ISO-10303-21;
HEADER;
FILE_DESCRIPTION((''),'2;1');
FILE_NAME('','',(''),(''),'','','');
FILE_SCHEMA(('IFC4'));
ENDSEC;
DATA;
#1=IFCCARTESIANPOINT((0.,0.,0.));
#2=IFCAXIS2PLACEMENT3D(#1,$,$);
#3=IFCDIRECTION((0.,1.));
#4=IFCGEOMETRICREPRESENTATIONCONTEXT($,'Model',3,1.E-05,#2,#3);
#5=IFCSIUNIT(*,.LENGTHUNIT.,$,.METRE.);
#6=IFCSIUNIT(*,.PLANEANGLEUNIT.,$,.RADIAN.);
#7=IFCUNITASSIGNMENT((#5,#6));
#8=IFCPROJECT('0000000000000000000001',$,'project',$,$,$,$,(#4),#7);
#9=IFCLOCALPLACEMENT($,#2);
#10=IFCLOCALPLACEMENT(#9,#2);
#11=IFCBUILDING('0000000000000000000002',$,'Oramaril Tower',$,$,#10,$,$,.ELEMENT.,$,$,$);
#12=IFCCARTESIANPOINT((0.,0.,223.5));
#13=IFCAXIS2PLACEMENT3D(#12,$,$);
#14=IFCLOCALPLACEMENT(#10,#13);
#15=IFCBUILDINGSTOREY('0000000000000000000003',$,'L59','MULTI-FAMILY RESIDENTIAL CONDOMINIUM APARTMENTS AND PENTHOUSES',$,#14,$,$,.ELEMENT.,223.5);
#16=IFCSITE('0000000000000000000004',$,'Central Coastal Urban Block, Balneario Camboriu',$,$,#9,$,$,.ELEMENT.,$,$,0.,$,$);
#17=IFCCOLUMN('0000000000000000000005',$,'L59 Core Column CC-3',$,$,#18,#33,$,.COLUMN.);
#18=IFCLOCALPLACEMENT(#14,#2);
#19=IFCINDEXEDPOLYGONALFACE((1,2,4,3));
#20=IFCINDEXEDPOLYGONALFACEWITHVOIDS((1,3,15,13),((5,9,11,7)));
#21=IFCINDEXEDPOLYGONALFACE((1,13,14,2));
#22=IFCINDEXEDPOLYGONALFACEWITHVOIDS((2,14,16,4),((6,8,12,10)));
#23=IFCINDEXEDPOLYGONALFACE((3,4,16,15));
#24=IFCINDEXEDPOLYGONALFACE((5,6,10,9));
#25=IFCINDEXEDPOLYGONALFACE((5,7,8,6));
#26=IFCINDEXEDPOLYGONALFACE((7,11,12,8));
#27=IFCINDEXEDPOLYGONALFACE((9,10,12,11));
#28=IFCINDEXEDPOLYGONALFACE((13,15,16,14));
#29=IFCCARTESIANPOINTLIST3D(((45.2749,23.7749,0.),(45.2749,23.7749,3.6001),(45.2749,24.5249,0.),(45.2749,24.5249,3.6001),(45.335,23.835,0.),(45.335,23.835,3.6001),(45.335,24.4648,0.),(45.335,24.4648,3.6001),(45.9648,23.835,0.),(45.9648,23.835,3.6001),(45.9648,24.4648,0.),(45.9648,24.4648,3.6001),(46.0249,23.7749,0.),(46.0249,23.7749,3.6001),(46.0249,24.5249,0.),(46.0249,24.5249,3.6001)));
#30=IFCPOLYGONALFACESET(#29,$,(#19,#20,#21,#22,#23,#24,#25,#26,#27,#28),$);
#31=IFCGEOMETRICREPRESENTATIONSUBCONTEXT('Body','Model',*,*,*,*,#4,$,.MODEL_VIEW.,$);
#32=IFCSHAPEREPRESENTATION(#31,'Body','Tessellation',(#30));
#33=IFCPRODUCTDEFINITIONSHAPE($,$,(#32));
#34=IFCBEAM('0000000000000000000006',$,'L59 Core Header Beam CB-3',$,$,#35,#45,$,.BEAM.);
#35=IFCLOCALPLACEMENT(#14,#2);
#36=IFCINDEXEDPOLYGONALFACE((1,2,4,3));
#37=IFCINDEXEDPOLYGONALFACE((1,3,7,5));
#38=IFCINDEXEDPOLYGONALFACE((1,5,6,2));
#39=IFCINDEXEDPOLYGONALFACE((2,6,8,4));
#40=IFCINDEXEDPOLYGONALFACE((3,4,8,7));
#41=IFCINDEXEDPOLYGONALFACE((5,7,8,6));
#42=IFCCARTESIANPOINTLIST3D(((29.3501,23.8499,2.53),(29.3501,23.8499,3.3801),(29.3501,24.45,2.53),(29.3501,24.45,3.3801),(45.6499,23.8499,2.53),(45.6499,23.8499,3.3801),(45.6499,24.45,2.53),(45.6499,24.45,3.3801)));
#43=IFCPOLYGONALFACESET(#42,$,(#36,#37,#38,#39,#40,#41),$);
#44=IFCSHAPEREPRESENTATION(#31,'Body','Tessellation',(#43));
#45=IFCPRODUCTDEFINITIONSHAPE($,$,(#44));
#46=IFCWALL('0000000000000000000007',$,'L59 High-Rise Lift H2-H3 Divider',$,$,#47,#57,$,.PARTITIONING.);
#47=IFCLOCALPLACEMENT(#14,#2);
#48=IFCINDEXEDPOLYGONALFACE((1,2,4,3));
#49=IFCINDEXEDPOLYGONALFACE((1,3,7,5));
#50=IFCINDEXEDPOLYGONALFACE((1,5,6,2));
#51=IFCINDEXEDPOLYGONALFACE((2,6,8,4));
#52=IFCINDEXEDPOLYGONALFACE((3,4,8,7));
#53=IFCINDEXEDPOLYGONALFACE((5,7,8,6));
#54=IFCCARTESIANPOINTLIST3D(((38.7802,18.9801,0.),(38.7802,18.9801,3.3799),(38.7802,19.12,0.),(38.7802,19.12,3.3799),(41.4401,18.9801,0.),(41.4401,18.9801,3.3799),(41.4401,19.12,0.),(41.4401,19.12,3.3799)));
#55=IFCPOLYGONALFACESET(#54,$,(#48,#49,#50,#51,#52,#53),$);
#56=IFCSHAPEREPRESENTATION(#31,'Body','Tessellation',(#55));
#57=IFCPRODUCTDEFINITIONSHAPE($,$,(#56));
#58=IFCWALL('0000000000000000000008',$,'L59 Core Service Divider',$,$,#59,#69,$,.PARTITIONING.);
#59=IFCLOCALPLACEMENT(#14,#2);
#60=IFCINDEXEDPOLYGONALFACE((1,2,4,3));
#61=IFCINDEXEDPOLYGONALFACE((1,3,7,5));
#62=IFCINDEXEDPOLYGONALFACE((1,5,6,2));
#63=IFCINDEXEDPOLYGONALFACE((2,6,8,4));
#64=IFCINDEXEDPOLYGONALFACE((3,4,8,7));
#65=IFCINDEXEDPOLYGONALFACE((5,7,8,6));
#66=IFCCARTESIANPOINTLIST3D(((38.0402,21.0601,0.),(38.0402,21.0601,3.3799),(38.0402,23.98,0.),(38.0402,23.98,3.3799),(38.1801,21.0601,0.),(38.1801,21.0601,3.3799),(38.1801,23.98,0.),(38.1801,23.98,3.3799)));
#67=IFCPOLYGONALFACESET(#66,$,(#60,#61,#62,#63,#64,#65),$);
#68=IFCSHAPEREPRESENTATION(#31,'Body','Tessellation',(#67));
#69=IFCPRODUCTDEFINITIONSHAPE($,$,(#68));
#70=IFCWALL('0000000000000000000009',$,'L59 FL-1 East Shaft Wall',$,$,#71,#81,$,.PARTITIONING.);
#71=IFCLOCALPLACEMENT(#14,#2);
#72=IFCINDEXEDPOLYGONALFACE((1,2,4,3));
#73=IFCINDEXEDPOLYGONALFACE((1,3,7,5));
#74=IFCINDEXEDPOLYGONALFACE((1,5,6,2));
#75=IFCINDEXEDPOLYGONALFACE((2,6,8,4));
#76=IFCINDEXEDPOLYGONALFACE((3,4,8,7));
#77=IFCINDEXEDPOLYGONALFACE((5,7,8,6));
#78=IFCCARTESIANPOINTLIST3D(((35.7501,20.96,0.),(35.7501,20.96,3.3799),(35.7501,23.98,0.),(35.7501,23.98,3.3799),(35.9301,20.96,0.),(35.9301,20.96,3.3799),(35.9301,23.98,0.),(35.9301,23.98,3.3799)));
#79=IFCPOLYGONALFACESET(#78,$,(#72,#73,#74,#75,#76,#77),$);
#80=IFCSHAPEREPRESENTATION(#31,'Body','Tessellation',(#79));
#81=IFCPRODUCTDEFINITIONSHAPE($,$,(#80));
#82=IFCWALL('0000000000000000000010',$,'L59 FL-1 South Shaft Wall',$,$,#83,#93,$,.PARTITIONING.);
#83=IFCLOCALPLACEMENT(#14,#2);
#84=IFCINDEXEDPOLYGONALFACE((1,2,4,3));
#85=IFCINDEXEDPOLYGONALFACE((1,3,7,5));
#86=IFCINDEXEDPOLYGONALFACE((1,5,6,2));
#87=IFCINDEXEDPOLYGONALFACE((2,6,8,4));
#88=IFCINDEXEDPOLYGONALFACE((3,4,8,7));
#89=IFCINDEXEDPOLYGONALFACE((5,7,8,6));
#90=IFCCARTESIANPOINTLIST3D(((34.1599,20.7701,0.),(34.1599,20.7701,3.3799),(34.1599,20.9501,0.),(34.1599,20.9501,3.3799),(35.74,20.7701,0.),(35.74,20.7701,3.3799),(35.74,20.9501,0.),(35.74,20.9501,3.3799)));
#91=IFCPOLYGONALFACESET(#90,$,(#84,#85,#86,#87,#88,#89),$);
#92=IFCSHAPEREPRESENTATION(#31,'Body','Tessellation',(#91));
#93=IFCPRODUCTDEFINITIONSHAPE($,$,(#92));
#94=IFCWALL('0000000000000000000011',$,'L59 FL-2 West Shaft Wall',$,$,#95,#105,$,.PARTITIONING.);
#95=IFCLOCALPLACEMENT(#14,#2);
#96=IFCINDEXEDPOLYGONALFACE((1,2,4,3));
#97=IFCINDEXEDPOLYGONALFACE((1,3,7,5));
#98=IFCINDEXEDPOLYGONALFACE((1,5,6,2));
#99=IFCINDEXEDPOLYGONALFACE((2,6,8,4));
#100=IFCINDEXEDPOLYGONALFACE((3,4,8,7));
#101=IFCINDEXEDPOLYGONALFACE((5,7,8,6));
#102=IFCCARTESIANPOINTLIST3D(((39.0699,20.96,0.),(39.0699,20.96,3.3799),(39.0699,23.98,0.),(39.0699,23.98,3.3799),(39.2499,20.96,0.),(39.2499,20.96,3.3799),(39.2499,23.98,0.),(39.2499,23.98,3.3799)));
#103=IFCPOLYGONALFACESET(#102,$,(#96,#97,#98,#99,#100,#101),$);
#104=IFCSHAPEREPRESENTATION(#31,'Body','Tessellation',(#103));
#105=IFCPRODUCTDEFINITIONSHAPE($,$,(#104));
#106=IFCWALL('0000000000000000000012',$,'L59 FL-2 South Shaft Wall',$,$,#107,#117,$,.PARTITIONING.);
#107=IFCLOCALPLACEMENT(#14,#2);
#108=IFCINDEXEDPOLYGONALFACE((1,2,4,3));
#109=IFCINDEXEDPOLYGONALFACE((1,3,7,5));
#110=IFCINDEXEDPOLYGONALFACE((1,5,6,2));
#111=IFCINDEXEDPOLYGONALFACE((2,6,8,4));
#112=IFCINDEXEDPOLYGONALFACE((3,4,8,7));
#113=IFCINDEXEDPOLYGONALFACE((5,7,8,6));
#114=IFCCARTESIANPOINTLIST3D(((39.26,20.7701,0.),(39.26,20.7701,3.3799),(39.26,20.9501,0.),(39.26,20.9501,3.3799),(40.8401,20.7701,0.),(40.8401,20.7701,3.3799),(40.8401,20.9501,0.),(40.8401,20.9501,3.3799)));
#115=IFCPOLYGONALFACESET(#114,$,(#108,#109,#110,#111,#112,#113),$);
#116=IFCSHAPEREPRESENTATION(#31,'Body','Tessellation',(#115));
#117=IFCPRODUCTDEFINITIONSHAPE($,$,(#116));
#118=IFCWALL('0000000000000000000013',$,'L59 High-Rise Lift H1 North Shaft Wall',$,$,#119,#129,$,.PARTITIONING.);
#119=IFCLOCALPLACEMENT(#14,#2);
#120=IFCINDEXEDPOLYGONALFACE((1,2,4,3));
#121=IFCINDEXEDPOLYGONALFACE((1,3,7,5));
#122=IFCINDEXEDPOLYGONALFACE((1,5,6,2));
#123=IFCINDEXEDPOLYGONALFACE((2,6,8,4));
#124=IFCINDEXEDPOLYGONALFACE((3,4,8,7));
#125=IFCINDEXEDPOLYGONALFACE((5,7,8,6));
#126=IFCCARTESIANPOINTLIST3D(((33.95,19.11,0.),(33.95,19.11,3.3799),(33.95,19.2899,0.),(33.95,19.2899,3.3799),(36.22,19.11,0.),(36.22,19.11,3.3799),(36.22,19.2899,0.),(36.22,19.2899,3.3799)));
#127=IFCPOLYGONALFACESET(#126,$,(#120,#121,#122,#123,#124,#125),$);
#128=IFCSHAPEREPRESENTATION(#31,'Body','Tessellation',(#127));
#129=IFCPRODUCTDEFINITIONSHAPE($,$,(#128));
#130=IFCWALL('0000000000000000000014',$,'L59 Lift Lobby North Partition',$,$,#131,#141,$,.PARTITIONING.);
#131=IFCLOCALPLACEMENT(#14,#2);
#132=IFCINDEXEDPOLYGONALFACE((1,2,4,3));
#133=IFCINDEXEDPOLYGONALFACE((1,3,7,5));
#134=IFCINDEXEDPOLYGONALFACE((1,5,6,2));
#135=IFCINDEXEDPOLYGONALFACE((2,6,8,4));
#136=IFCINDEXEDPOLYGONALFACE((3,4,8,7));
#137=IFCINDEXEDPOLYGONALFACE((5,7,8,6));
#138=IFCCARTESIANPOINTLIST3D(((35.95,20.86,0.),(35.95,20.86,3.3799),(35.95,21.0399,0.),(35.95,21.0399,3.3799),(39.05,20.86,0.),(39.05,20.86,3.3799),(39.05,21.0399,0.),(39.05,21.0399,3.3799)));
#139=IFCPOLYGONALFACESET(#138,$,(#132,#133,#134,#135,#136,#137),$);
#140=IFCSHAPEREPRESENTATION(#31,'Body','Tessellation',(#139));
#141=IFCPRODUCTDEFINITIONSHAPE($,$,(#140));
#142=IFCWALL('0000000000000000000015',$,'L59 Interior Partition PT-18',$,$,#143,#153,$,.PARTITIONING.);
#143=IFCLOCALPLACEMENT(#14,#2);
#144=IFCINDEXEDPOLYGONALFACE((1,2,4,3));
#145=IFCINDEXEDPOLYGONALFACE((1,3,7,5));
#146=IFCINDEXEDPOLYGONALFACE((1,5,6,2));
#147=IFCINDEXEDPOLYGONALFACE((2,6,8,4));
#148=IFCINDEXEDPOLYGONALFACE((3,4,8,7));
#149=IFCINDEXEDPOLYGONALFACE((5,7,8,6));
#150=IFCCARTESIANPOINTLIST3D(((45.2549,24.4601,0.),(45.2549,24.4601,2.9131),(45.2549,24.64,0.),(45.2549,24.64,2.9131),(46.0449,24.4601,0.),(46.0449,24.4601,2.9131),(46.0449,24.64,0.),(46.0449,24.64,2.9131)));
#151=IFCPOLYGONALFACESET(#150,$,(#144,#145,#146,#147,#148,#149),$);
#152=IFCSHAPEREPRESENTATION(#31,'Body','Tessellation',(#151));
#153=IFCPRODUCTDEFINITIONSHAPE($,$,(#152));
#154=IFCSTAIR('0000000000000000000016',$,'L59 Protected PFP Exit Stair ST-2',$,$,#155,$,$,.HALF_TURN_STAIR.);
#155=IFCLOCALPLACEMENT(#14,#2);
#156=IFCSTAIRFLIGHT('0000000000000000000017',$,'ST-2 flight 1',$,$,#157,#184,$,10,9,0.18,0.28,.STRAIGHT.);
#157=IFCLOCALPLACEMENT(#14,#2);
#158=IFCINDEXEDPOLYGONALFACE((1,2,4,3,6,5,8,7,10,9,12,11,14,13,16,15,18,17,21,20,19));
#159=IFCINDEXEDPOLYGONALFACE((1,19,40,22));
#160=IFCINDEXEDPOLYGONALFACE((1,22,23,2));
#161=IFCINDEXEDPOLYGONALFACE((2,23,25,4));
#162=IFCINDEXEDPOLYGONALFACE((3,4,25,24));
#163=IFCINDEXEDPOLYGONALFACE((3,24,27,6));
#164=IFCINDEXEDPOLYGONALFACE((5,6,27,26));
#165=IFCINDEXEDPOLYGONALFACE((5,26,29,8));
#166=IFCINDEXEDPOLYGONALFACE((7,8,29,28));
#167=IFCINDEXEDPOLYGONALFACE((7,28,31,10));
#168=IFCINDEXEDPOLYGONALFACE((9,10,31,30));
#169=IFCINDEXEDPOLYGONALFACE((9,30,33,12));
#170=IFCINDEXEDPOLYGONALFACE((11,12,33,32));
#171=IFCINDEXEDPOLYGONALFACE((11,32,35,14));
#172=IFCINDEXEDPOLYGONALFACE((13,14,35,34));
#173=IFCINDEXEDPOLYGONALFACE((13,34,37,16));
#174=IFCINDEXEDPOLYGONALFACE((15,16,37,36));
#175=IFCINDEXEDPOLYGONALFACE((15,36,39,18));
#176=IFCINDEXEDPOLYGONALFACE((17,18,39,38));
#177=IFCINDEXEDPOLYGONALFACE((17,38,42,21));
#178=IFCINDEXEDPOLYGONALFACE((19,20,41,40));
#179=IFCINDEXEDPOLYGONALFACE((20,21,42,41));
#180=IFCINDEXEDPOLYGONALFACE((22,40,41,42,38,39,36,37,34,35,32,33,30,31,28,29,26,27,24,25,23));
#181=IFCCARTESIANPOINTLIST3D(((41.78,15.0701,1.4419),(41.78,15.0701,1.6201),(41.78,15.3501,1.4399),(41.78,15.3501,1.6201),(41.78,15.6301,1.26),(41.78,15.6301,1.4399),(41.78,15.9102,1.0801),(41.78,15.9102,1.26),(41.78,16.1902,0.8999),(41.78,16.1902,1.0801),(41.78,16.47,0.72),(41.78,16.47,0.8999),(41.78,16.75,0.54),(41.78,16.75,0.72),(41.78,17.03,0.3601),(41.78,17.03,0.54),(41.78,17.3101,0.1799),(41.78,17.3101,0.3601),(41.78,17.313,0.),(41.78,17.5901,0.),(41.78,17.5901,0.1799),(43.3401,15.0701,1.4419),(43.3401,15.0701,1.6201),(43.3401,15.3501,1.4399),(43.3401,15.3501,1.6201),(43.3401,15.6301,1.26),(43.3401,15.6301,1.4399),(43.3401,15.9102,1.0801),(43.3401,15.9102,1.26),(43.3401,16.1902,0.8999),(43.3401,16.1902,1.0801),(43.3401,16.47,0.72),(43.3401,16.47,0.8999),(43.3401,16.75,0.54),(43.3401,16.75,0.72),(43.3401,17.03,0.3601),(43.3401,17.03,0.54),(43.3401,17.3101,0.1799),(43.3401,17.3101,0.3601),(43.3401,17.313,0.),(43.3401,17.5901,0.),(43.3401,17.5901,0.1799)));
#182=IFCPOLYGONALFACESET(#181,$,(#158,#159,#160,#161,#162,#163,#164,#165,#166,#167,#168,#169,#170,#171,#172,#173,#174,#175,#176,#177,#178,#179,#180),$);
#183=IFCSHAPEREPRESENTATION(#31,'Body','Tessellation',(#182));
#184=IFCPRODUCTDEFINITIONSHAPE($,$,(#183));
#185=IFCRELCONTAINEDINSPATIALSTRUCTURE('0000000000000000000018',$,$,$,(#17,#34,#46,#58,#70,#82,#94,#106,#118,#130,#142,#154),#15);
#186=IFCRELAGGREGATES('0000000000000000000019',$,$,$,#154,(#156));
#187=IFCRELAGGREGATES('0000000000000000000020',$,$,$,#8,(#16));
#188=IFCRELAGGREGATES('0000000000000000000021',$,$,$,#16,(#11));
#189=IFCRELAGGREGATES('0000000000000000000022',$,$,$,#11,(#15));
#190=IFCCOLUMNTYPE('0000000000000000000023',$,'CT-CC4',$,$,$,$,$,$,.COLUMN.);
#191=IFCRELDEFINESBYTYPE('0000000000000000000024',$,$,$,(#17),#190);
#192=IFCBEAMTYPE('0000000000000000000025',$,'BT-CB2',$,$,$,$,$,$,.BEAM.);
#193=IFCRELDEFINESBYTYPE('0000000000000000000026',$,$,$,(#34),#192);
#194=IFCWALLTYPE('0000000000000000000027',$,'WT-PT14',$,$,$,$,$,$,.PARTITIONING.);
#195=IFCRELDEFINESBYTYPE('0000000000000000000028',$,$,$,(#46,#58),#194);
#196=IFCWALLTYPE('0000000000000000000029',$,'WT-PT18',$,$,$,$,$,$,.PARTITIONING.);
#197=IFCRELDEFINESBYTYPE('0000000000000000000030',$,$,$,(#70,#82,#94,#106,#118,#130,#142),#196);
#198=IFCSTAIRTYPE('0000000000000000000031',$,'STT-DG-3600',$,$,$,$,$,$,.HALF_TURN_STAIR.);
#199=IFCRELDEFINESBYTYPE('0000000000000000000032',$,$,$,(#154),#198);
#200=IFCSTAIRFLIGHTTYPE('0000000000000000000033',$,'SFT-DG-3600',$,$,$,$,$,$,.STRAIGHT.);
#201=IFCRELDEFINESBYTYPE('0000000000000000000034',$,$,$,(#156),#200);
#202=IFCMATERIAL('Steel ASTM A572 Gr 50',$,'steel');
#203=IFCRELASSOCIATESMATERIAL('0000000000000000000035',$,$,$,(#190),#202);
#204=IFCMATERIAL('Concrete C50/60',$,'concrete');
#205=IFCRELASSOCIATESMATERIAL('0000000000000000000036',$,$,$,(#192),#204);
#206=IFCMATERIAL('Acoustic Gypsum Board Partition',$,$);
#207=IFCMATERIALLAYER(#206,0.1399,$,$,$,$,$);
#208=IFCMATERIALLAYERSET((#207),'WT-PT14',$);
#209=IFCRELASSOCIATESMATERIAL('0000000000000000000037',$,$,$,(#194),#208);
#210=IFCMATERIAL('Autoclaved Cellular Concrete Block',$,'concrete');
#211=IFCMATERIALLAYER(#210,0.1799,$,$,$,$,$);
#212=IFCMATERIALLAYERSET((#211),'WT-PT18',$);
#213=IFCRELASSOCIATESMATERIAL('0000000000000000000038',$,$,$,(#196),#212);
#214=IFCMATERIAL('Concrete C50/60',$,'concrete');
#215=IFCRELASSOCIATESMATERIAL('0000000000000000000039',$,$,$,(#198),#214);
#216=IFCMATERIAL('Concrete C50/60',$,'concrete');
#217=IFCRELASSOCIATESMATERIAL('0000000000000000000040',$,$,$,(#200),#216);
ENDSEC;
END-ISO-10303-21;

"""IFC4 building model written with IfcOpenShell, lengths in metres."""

from ifc_helpers import new_model, si_unit, direction, frame, frame_2d, origin, origin_2d, place, context, subcontext, project, spatial, polyline, rectangle, hollow_rectangle, outline, extrude, material, layer, layer_set, material_profile, profile_set, type_object, element, aggregate, save


model = new_model("IFC4")

# Units and contexts
model_context = context("Model", 3, precision=1e-05, world=origin(), true_north=direction((0.0, 1.0)))
body_context = subcontext(model_context, "Body", "Model", "MODEL_VIEW")
ifc_project = project(units=[si_unit("LENGTHUNIT", "METRE"), si_unit("PLANEANGLEUNIT", "RADIAN")], contexts=[model_context])

# Site, building, storey
site_placement = place(None, origin())
site = spatial("IfcSite", under=ifc_project, at=site_placement, Name="Central Coastal Urban Block, Balneario Camboriu", CompositionType="ELEMENT", RefElevation=0.0)
building_placement = place(site_placement, origin())
building = spatial("IfcBuilding", under=site, at=building_placement, Name="Oramaril Tower", CompositionType="ELEMENT")
storey_placement = place(building_placement, frame((0.0, 0.0, 223.5)))
storey = spatial("IfcBuildingStorey", under=building, at=storey_placement, Name="L59", Description="MULTI-FAMILY RESIDENTIAL CONDOMINIUM APARTMENTS AND PENTHOUSES", CompositionType="ELEMENT", Elevation=223.5)

# Column
ifc_material_1 = material(Name="Steel ASTM A572 Gr 50", Category="steel")
ifc_material_profile_1 = material_profile(ifc_material_1, hollow_rectangle(XDim=0.75, YDim=0.75, WallThickness=0.0601, at=origin_2d()), Name="BOX750X750X60")
ifc_profile_set_1 = profile_set([ifc_material_profile_1], Name="Steel ASTM A572 Gr 50")
column_type = type_object("IfcColumnType", Name="CT-CC4", PredefinedType="COLUMN", material=ifc_profile_set_1)
column_placement = place(storey_placement, frame((45.6499, 24.1499, 0.0), z_axis=(0.0, 0.0, 1.0), x_axis=(1.0, 0.0, 0.0)))
element("IfcColumn", 1, at=column_placement, inside=storey, type_object=column_type, Name="L59 Core Column CC-3", PredefinedType="COLUMN", context=body_context, shape_type="SweptSolid", body=[
    extrude(hollow_rectangle(XDim=0.75, YDim=0.75, WallThickness=0.0601, at=origin_2d()), origin(), (0.0, 0.0, 1.0), 3.6001),
])

# Beam
ifc_material_2 = material(Name="Concrete C50/60", Category="concrete")
ifc_material_profile_2 = material_profile(ifc_material_2, rectangle(XDim=0.6001, YDim=0.8501, at=origin_2d()), Name="CB600X850")
ifc_profile_set_2 = profile_set([ifc_material_profile_2], Name="Concrete C50/60")
beam_type = type_object("IfcBeamType", Name="BT-CB2", PredefinedType="BEAM", material=ifc_profile_set_2)
beam_placement = place(storey_placement, frame((45.6499, 24.1499, 2.9551), z_axis=(-1.0, 0.0, 0.0), x_axis=(0.0, -1.0, 0.0)))
element("IfcBeam", 2, at=beam_placement, inside=storey, type_object=beam_type, Name="L59 Core Header Beam CB-3", PredefinedType="BEAM", context=body_context, shape_type="SweptSolid", body=[
    extrude(rectangle(XDim=0.6001, YDim=0.8501, at=origin_2d()), origin(), (0.0, 0.0, 1.0), 16.2998),
])

# Walls
ifc_material_3 = material(Name="Acoustic Gypsum Board Partition")
ifc_layer_1 = layer(ifc_material_3, 0.1399)
ifc_layer_set_1 = layer_set([ifc_layer_1], Name="WT-PT14")
wall_type_1 = type_object("IfcWallType", Name="WT-PT14", PredefinedType="PARTITIONING", material=ifc_layer_set_1)
wall_1_placement = place(storey_placement, frame((38.78, 19.05, 0.0), z_axis=(0.0, 0.0, 1.0), x_axis=(1.0, 0.0, 0.0)))
element("IfcWall", 3, at=wall_1_placement, inside=storey, type_object=wall_type_1, Name="L59 High-Rise Lift H2-H3 Divider", PredefinedType="PARTITIONING", context=body_context, shape_type="SweptSolid", body=[
    extrude(rectangle(XDim=2.6599, YDim=0.1399, at=frame_2d((1.3301, 0.0))), origin(), (0.0, 0.0, 1.0), 3.3799),
])
wall_2_placement = place(storey_placement, frame((38.1101, 21.0601, 0.0), z_axis=(0.0, 0.0, 1.0), x_axis=(0.0, 1.0, 0.0)))
element("IfcWall", 4, at=wall_2_placement, inside=storey, type_object=wall_type_1, Name="L59 Core Service Divider", PredefinedType="PARTITIONING", context=body_context, shape_type="SweptSolid", body=[
    extrude(rectangle(XDim=2.9199, YDim=0.1399, at=frame_2d((1.46, 0.0))), origin(), (0.0, 0.0, 1.0), 3.3799),
])
ifc_material_4 = material(Name="Autoclaved Cellular Concrete Block", Category="concrete")
ifc_layer_2 = layer(ifc_material_4, 0.1799)
ifc_layer_set_2 = layer_set([ifc_layer_2], Name="WT-PT18")
wall_type_2 = type_object("IfcWallType", Name="WT-PT18", PredefinedType="PARTITIONING", material=ifc_layer_set_2)
wall_3_placement = place(storey_placement, frame((35.8401, 20.96, 0.0), z_axis=(0.0, 0.0, 1.0), x_axis=(0.0, 1.0, 0.0)))
element("IfcWall", 5, at=wall_3_placement, inside=storey, type_object=wall_type_2, Name="L59 FL-1 East Shaft Wall", PredefinedType="PARTITIONING", context=body_context, shape_type="SweptSolid", body=[
    extrude(rectangle(XDim=3.02, YDim=0.1799, at=frame_2d((1.51, 0.0))), origin(), (0.0, 0.0, 1.0), 3.3799),
])
wall_4_placement = place(storey_placement, frame((34.1599, 20.8601, 0.0), z_axis=(0.0, 0.0, 1.0), x_axis=(1.0, 0.0, 0.0)))
element("IfcWall", 6, at=wall_4_placement, inside=storey, type_object=wall_type_2, Name="L59 FL-1 South Shaft Wall", PredefinedType="PARTITIONING", context=body_context, shape_type="SweptSolid", body=[
    extrude(rectangle(XDim=1.5801, YDim=0.1799, at=frame_2d((0.79, 0.0))), origin(), (0.0, 0.0, 1.0), 3.3799),
])
wall_5_placement = place(storey_placement, frame((39.1599, 20.96, 0.0), z_axis=(0.0, 0.0, 1.0), x_axis=(0.0, 1.0, 0.0)))
element("IfcWall", 7, at=wall_5_placement, inside=storey, type_object=wall_type_2, Name="L59 FL-2 West Shaft Wall", PredefinedType="PARTITIONING", context=body_context, shape_type="SweptSolid", body=[
    extrude(rectangle(XDim=3.02, YDim=0.1799, at=frame_2d((1.51, 0.0))), origin(), (0.0, 0.0, 1.0), 3.3799),
])
wall_6_placement = place(storey_placement, frame((39.26, 20.8601, 0.0), z_axis=(0.0, 0.0, 1.0), x_axis=(1.0, 0.0, 0.0)))
element("IfcWall", 8, at=wall_6_placement, inside=storey, type_object=wall_type_2, Name="L59 FL-2 South Shaft Wall", PredefinedType="PARTITIONING", context=body_context, shape_type="SweptSolid", body=[
    extrude(rectangle(XDim=1.5801, YDim=0.1799, at=frame_2d((0.79, 0.0))), origin(), (0.0, 0.0, 1.0), 3.3799),
])
wall_7_placement = place(storey_placement, frame((33.95, 19.2, 0.0), z_axis=(0.0, 0.0, 1.0), x_axis=(1.0, 0.0, 0.0)))
element("IfcWall", 9, at=wall_7_placement, inside=storey, type_object=wall_type_2, Name="L59 High-Rise Lift H1 North Shaft Wall", PredefinedType="PARTITIONING", context=body_context, shape_type="SweptSolid", body=[
    extrude(rectangle(XDim=2.27, YDim=0.1799, at=frame_2d((1.135, 0.0))), origin(), (0.0, 0.0, 1.0), 3.3799),
])
wall_8_placement = place(storey_placement, frame((35.95, 20.95, 0.0), z_axis=(0.0, 0.0, 1.0), x_axis=(1.0, 0.0, 0.0)))
element("IfcWall", 10, at=wall_8_placement, inside=storey, type_object=wall_type_2, Name="L59 Lift Lobby North Partition", PredefinedType="PARTITIONING", context=body_context, shape_type="SweptSolid", body=[
    extrude(rectangle(XDim=3.1001, YDim=0.1799, at=frame_2d((1.55, 0.0))), origin(), (0.0, 0.0, 1.0), 3.3799),
])
wall_9_placement = place(storey_placement, frame((45.2549, 24.55, 0.0), z_axis=(0.0, 0.0, 1.0), x_axis=(1.0, 0.0, 0.0)))
element("IfcWall", 11, at=wall_9_placement, inside=storey, type_object=wall_type_2, Name="L59 Interior Partition PT-18", PredefinedType="PARTITIONING", context=body_context, shape_type="SweptSolid", body=[
    extrude(rectangle(XDim=0.79, YDim=0.1799, at=frame_2d((0.395, 0.0))), origin(), (0.0, 0.0, 1.0), 2.9131),
])

# Stair, stair flight
ifc_material_5 = material(Name="Concrete C50/60", Category="concrete")
stair_type = type_object("IfcStairType", Name="STT-DG-3600", PredefinedType="HALF_TURN_STAIR", material=ifc_material_5)
stair_placement = place(storey_placement, origin())
stair = element("IfcStair", 12, at=stair_placement, inside=storey, type_object=stair_type, Name="L59 Protected PFP Exit Stair ST-2", PredefinedType="HALF_TURN_STAIR")
ifc_material_6 = material(Name="Concrete C50/60", Category="concrete")
stair_flight_type = type_object("IfcStairFlightType", Name="SFT-DG-3600", PredefinedType="STRAIGHT", material=ifc_material_6)
stair_flight_placement = place(storey_placement, frame((42.5601, 17.5901, 0.0), z_axis=(0.0, 0.0, 1.0), x_axis=(0.0, -1.0, 0.0)))
stair_flight = element("IfcStairFlight", 13, at=stair_flight_placement, type_object=stair_flight_type, Name="ST-2 flight 1", NumberOfRisers=10, NumberOfTreads=9, PredefinedType="STRAIGHT", RiserHeight=0.18, TreadLength=0.28, context=body_context, shape_type="SweptSolid", body=[
    extrude(outline(polyline([(0.0, 0.0), (0.0, 0.1799), (0.28, 0.1799), (0.28, 0.3601), (0.5601, 0.3601), (0.5601, 0.54), (0.8401, 0.54), (0.8401, 0.72), (1.1201, 0.72), (1.1201, 0.8999), (1.3999, 0.8999), (1.3999, 1.0801), (1.6799, 1.0801), (1.6799, 1.26), (1.96, 1.26), (1.96, 1.4399), (2.24, 1.4399), (2.24, 1.6201), (2.52, 1.6201), (2.52, 1.8), (2.52, 1.4419), (0.2771, 0.0), (0.0, 0.0)])), frame((0.0, 0.78, 0.0), z_axis=(0.0, -1.0, 0.0), x_axis=(1.0, 0.0, 0.0)), (0.0, 0.0, 1.0), 1.5601),
])
aggregate(stair, [stair_flight])

save(model, "model.ifc")
